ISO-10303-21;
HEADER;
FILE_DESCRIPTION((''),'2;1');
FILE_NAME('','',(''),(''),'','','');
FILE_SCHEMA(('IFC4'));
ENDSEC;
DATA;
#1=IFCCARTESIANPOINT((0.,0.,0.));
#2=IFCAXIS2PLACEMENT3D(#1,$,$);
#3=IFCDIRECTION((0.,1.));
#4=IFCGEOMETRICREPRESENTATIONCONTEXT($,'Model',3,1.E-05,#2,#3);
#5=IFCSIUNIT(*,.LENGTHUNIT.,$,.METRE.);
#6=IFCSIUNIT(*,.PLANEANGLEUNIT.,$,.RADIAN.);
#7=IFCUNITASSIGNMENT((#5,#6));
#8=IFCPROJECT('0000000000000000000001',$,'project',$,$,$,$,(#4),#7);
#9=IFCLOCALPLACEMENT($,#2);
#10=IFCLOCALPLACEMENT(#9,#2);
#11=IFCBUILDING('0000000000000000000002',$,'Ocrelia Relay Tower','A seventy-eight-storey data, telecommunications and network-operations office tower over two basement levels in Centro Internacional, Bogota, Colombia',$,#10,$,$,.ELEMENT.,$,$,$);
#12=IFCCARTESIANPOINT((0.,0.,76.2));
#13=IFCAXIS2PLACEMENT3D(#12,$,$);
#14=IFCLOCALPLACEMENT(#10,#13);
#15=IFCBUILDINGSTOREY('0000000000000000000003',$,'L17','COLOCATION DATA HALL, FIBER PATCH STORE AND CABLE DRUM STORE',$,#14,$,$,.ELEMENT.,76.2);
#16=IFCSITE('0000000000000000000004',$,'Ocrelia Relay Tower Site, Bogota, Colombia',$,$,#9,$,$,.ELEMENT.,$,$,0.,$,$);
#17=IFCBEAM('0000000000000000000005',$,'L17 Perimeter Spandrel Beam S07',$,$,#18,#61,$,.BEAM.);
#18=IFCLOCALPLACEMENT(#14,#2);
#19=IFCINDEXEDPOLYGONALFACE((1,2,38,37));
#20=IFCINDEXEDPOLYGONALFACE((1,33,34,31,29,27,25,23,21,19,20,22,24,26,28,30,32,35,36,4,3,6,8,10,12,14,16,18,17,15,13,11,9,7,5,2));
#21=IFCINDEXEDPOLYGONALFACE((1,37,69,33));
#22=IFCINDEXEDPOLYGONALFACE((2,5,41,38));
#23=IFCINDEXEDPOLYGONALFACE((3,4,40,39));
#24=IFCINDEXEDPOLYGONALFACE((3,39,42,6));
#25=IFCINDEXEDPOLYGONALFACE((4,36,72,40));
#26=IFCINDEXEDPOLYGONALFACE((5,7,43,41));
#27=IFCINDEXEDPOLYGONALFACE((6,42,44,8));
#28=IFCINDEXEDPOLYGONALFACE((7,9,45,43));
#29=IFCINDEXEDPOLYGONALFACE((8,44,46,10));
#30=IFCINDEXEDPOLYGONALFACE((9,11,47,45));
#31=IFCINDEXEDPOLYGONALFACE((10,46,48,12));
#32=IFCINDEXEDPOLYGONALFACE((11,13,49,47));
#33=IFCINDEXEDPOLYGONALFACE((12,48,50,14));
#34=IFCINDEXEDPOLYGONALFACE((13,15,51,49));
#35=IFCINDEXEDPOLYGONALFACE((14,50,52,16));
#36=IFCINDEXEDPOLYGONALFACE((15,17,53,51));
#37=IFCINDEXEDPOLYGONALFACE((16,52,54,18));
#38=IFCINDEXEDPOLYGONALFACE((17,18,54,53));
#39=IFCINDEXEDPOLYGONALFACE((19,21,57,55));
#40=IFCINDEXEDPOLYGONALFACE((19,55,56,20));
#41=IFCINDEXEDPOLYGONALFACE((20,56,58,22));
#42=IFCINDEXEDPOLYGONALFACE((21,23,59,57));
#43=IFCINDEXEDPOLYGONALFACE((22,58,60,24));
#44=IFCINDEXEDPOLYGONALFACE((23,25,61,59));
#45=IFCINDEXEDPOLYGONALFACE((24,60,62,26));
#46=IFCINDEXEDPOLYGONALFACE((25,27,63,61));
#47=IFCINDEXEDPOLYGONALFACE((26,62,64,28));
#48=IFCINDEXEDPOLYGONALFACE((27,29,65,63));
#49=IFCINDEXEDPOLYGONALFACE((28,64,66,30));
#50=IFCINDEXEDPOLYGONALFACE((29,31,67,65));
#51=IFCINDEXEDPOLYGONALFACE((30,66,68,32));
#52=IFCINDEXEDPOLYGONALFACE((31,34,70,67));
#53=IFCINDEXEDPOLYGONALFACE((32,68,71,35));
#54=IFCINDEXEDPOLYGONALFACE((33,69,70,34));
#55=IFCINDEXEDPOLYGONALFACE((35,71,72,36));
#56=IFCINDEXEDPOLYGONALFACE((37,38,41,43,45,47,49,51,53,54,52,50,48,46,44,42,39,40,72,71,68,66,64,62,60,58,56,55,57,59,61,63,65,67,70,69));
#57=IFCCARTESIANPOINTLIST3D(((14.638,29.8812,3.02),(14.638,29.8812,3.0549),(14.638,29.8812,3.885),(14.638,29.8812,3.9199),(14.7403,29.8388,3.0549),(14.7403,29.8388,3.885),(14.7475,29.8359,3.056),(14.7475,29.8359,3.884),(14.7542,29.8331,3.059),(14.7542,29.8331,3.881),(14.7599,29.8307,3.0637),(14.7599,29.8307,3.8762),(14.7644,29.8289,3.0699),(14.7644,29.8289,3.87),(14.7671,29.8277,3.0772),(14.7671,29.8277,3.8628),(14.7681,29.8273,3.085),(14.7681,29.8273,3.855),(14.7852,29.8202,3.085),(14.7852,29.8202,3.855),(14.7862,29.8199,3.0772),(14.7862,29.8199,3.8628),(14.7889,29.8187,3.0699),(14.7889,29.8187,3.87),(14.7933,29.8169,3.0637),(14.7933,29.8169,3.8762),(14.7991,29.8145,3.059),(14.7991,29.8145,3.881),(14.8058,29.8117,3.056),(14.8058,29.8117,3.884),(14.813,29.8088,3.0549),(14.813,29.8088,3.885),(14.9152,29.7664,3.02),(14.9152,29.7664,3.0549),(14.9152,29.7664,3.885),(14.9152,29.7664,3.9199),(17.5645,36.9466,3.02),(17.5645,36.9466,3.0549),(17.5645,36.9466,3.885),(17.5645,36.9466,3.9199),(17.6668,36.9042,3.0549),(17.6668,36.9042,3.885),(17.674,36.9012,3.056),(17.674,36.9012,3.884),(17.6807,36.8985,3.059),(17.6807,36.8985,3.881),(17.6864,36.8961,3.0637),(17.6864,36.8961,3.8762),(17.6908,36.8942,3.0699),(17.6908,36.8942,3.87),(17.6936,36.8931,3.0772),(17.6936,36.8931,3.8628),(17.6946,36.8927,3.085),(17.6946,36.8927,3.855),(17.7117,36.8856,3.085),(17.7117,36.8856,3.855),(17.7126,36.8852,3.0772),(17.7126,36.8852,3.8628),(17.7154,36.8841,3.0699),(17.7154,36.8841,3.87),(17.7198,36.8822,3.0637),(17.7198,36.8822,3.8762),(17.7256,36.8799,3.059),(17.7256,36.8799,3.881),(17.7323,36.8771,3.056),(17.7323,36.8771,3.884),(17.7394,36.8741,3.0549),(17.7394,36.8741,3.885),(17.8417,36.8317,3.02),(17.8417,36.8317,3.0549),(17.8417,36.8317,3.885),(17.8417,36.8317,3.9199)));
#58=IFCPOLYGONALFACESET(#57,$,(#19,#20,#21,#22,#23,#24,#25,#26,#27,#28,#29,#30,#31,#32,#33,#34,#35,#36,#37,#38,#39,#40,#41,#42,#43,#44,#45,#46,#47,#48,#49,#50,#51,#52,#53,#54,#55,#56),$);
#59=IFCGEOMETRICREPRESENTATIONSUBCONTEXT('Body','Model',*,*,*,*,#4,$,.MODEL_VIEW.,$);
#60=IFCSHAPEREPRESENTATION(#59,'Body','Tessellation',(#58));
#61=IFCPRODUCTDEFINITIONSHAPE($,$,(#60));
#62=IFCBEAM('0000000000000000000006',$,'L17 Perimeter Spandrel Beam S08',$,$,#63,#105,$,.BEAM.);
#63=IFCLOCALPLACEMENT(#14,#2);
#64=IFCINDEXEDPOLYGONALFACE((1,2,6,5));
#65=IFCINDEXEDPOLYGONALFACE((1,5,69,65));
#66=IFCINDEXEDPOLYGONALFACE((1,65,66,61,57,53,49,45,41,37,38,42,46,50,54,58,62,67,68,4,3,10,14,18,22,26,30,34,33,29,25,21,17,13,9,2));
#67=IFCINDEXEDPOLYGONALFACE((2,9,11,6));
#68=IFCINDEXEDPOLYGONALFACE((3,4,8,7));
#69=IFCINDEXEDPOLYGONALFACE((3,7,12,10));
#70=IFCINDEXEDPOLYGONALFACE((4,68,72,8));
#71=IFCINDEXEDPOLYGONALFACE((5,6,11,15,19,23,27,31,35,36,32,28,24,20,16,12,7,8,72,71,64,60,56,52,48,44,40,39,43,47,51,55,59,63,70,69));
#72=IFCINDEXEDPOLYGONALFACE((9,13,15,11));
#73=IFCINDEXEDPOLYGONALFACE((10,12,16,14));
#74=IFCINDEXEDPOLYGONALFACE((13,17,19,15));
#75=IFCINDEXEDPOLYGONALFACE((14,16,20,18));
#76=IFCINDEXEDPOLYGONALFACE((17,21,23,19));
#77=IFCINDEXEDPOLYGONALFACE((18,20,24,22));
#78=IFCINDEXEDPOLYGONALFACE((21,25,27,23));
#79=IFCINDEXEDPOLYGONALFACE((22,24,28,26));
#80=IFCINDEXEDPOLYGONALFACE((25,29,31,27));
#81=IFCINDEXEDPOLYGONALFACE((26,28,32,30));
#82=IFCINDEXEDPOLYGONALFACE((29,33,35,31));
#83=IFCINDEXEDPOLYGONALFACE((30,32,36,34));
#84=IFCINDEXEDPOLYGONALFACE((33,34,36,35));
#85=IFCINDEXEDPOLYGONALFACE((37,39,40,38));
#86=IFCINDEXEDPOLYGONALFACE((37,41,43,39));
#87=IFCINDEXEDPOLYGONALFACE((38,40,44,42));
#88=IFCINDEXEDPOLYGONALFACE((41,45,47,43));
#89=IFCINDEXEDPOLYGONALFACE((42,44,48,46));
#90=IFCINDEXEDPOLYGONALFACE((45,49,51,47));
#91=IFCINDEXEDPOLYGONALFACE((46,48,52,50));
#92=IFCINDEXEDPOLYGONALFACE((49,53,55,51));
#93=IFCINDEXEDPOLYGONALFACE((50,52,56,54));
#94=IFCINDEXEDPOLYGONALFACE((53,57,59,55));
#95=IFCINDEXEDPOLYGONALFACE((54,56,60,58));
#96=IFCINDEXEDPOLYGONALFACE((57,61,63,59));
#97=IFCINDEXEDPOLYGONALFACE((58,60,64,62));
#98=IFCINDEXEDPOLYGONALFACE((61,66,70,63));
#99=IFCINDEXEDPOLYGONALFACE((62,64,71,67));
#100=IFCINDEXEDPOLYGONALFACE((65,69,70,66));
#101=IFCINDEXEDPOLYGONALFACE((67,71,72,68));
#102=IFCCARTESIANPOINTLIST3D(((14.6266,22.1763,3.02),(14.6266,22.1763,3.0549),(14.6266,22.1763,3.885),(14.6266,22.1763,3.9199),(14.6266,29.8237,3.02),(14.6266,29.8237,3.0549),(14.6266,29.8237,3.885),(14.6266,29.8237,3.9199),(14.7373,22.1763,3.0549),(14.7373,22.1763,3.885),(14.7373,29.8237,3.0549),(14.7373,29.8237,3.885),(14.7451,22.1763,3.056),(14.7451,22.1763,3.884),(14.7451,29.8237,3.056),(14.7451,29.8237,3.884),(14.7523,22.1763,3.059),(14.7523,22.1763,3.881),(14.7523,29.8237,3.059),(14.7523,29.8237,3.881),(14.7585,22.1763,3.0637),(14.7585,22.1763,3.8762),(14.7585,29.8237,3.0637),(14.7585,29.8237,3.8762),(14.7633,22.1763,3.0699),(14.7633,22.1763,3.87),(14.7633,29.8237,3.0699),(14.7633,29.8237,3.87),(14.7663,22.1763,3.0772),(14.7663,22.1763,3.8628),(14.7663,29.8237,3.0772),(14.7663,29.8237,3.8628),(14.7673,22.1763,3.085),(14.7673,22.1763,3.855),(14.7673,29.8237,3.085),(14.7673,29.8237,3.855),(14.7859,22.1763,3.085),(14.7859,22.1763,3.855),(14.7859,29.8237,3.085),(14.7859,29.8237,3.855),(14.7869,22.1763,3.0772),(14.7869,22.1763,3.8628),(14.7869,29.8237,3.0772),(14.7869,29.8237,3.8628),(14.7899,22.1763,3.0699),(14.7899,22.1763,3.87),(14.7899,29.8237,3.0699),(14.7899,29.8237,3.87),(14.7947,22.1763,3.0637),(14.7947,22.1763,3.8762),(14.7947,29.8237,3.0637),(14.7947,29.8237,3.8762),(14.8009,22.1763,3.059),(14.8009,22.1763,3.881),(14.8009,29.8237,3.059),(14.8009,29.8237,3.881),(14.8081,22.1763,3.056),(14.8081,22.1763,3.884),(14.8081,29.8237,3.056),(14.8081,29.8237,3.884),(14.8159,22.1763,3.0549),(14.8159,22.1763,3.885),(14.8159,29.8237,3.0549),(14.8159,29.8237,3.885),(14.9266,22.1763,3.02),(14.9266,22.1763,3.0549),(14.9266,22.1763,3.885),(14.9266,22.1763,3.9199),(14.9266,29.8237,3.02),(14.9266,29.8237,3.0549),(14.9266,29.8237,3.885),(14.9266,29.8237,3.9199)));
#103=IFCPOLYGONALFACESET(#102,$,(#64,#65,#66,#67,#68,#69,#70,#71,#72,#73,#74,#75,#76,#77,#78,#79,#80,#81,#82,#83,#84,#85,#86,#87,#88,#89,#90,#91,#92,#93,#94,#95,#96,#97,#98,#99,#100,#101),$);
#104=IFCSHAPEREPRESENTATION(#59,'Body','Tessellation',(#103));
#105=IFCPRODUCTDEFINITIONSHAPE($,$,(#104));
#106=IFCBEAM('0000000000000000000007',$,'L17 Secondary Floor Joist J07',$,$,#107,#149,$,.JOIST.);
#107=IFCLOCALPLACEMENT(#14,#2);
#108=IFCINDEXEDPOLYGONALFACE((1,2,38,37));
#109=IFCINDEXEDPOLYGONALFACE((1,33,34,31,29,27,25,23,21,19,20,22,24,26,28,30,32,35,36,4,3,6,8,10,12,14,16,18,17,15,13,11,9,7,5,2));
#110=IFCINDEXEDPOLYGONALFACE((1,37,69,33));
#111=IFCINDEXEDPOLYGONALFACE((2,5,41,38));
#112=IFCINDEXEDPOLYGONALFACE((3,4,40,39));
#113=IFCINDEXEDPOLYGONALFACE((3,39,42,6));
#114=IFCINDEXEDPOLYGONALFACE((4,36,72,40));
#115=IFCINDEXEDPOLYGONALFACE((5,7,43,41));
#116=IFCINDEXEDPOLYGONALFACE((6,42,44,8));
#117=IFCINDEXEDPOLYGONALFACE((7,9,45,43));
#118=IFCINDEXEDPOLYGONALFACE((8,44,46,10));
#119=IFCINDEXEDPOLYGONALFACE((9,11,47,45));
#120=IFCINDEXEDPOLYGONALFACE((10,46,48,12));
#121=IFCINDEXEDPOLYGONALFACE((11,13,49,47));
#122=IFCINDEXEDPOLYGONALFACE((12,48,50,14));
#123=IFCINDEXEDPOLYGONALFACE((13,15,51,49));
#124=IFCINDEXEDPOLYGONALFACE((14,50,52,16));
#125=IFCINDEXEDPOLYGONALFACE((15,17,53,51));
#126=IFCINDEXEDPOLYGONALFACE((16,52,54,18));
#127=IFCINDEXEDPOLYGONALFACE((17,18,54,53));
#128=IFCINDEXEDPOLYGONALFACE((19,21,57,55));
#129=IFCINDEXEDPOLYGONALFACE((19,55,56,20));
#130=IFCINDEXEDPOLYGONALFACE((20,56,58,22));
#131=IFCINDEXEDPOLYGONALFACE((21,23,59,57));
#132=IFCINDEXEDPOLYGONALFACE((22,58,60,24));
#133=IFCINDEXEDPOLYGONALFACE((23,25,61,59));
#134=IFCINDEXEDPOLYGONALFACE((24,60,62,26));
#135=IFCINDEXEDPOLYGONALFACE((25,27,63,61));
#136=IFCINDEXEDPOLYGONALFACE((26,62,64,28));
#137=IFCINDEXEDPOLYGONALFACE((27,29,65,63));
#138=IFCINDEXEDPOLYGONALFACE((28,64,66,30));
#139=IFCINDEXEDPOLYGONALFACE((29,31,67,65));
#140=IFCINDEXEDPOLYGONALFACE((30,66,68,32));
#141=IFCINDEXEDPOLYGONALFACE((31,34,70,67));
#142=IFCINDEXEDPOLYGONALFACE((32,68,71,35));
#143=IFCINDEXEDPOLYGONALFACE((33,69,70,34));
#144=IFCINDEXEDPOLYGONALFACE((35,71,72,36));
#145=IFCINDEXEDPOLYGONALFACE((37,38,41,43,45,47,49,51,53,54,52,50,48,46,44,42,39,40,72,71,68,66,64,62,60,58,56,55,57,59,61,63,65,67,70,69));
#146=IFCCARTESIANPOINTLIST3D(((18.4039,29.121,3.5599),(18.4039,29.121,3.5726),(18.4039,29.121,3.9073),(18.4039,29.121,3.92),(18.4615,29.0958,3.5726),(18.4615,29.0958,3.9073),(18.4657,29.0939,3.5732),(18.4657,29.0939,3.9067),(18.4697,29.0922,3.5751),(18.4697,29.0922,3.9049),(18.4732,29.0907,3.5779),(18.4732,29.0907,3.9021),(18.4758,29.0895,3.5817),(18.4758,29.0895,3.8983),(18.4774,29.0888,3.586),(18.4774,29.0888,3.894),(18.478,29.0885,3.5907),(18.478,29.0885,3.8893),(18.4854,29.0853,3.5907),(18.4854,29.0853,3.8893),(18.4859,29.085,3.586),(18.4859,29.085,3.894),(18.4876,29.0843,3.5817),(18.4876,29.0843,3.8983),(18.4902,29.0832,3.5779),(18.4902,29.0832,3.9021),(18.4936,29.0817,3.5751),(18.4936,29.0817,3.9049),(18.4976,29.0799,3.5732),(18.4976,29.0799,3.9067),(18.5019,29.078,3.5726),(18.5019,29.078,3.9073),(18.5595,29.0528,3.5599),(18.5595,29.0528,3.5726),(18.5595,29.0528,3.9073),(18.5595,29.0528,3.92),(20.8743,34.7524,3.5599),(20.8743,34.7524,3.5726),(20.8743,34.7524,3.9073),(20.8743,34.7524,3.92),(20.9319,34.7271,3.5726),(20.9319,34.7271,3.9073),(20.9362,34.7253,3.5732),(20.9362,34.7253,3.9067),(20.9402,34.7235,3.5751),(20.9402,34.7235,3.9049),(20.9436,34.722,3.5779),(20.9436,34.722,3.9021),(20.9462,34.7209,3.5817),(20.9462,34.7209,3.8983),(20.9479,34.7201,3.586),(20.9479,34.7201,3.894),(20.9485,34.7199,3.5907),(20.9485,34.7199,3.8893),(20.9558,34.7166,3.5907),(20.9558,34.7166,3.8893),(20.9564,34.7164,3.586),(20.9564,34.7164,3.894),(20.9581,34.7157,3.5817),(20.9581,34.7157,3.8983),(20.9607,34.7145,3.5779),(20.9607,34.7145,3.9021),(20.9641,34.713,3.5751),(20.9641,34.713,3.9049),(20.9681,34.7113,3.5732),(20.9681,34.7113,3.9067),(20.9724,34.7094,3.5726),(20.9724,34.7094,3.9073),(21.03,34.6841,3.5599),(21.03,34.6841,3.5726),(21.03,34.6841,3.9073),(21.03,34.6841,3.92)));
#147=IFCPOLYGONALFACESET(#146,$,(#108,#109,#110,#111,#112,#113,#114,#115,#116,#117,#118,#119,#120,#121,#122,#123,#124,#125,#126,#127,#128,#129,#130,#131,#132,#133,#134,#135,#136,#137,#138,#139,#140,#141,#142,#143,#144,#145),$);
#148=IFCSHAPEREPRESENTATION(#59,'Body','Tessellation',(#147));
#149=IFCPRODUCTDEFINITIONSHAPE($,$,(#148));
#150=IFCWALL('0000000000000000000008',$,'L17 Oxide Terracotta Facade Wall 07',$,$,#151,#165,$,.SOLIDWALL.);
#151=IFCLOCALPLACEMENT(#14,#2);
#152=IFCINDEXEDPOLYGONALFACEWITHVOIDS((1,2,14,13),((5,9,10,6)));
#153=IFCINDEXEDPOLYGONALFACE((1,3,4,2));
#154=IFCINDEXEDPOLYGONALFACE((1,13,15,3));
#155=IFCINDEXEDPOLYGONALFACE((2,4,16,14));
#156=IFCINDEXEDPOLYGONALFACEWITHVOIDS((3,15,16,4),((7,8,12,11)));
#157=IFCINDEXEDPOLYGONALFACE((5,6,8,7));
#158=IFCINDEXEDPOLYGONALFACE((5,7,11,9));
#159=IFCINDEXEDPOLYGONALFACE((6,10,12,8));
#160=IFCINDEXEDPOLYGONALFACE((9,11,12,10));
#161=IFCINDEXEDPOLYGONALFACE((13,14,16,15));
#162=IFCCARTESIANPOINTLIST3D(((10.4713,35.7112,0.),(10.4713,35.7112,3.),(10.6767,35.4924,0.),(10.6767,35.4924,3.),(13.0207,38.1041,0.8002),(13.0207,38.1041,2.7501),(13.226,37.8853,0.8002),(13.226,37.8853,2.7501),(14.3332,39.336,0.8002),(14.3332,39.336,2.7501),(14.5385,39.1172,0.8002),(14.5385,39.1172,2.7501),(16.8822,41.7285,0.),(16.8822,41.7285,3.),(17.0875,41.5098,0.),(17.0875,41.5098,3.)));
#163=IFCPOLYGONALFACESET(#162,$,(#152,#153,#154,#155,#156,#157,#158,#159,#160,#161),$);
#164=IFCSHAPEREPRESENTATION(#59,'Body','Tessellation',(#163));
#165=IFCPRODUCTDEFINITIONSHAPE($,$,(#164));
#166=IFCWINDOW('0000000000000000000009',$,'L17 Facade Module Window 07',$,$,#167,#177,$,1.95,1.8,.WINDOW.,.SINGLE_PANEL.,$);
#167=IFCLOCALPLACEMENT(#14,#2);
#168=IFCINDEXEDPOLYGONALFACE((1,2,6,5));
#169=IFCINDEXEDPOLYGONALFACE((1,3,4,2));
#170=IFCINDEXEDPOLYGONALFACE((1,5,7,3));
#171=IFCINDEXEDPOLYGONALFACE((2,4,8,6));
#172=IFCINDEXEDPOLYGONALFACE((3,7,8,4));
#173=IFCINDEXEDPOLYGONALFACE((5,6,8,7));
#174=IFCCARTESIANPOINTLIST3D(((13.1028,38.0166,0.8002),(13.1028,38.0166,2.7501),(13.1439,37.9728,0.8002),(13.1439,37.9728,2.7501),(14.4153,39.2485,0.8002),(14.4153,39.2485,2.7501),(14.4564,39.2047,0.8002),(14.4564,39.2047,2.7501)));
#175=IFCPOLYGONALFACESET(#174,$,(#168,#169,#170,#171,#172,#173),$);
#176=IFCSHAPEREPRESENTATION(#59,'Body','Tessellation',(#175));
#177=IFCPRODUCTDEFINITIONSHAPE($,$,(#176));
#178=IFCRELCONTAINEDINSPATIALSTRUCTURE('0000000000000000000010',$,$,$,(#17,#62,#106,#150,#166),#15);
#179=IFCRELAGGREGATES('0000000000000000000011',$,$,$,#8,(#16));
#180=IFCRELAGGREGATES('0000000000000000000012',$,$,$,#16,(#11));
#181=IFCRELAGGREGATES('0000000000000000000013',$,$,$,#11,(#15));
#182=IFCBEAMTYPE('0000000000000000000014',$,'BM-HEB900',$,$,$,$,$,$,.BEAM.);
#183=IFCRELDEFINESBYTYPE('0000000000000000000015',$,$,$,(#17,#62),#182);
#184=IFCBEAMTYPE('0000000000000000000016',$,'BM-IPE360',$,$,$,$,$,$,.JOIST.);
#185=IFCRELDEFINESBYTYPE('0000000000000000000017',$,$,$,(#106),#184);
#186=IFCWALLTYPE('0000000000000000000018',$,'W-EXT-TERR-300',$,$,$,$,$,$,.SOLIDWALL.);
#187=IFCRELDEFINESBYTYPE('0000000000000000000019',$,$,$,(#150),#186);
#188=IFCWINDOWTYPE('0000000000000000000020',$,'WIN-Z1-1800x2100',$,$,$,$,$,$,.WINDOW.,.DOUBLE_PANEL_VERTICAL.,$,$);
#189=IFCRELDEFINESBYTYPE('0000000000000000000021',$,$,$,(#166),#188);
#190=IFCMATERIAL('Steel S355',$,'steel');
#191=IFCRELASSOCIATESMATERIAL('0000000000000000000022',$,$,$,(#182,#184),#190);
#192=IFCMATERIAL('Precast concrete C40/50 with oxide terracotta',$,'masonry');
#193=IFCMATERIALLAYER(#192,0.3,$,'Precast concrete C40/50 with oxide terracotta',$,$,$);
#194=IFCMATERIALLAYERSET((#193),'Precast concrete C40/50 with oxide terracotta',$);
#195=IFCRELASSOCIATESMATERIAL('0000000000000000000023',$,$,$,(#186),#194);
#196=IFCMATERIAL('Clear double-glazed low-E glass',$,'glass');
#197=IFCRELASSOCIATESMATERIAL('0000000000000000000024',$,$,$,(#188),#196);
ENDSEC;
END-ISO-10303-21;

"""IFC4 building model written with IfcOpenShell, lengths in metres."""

from ifc_helpers import new_model, si_unit, direction, frame, frame_2d, origin, origin_2d, place, context, subcontext, project, spatial, rectangle, i_section, extrude, material, layer, layer_set, material_profile, profile_set, type_object, element, fill, save


model = new_model("IFC4")

# Units and contexts
model_context = context("Model", 3, precision=1e-05, world=origin(), true_north=direction((0.0, 1.0)))
body_context = subcontext(model_context, "Body", "Model", "MODEL_VIEW")
ifc_project = project(units=[si_unit("LENGTHUNIT", "METRE"), si_unit("PLANEANGLEUNIT", "RADIAN")], contexts=[model_context])

# Site, building, storey
site_placement = place(None, origin())
site = spatial("IfcSite", under=ifc_project, at=site_placement, Name="Ocrelia Relay Tower Site, Bogota, Colombia", CompositionType="ELEMENT", RefElevation=0.0)
building_placement = place(site_placement, origin())
building = spatial("IfcBuilding", under=site, at=building_placement, Name="Ocrelia Relay Tower", Description="A seventy-eight-storey data, telecommunications and network-operations office tower over two basement levels in Centro Internacional, Bogota, Colombia", CompositionType="ELEMENT")
storey_placement = place(building_placement, frame((0.0, 0.0, 76.2)))
storey = spatial("IfcBuildingStorey", under=building, at=storey_placement, Name="L17", Description="COLOCATION DATA HALL, FIBER PATCH STORE AND CABLE DRUM STORE", CompositionType="ELEMENT", Elevation=76.2)

# Beams
ifc_material_1 = material(Name="Steel S355", Category="steel")
ifc_material_profile_1 = material_profile(ifc_material_1, i_section(OverallWidth=0.3, OverallDepth=0.8999, WebThickness=0.0186, FlangeThickness=0.0349, FilletRadius=0.03, at=origin_2d()), Name="HEB 900")
ifc_profile_set_1 = profile_set([ifc_material_profile_1], Name="Steel S355")
beam_type_1 = type_object("IfcBeamType", Name="BM-HEB900", PredefinedType="BEAM", material=ifc_profile_set_1)
for number, where, z_axis, x_axis, name in (
    (1, (17.7031, 36.8892, 3.47), (-0.382674, -0.923883, 0.0), (0.923883, -0.382674, 0.0), "L17 Perimeter Spandrel Beam S07"),
    (2, (14.7766, 29.8237, 3.47), (0.0, -1.0, 0.0), (1.0, 0.0, 0.0), "L17 Perimeter Spandrel Beam S08"),
):
    element("IfcBeam", number, at=place(storey_placement, frame(where, z_axis=z_axis, x_axis=x_axis)), inside=storey, type_object=beam_type_1, Name=name, PredefinedType="BEAM", context=body_context, shape_type="SweptSolid", body=[
        extrude(i_section(OverallWidth=0.3, OverallDepth=0.8999, WebThickness=0.0186, FlangeThickness=0.0349, FilletRadius=0.03, at=origin_2d()), origin(), (0.0, 0.0, 1.0), 7.6475),
    ])
ifc_material_profile_2 = material_profile(ifc_material_1, i_section(OverallWidth=0.1699, OverallDepth=0.3601, WebThickness=0.0081, FlangeThickness=0.0127, FilletRadius=0.0181, at=origin_2d()), Name="IPE 360")
ifc_profile_set_2 = profile_set([ifc_material_profile_2], Name="Steel S355")
beam_type_2 = type_object("IfcBeamType", Name="BM-IPE360", PredefinedType="JOIST", material=ifc_profile_set_2)
beam_1_placement = place(storey_placement, frame((20.9521, 34.7183, 3.74), z_axis=(-0.401739, -0.915754, 0.0), x_axis=(0.915754, -0.401739, 0.0)))
element("IfcBeam", 3, at=beam_1_placement, inside=storey, type_object=beam_type_2, Name="L17 Secondary Floor Joist J07", PredefinedType="JOIST", context=body_context, shape_type="SweptSolid", body=[
    extrude(i_section(OverallWidth=0.1699, OverallDepth=0.3601, WebThickness=0.0081, FlangeThickness=0.0127, FilletRadius=0.0181, at=origin_2d()), origin(), (0.0, 0.0, 1.0), 6.1494),
])

# Wall, opening, window
ifc_material_2 = material(Name="Precast concrete C40/50 with oxide terracotta", Category="masonry")
ifc_layer_1 = layer(ifc_material_2, 0.3, Name="Precast concrete C40/50 with oxide terracotta")
ifc_layer_set_1 = layer_set([ifc_layer_1], Name="Precast concrete C40/50 with oxide terracotta")
wall_type_1 = type_object("IfcWallType", Name="W-EXT-TERR-300", PredefinedType="SOLIDWALL", material=ifc_layer_set_1)
wall_1_placement = place(storey_placement, frame((16.9849, 41.6191, 0.0), z_axis=(0.0, 0.0, 1.0), x_axis=(-0.729133, -0.684372, 0.0)))
wall_1 = element("IfcWall", 4, at=wall_1_placement, inside=storey, type_object=wall_type_1, Name="L17 Oxide Terracotta Facade Wall 07", PredefinedType="SOLIDWALL", context=body_context, shape_type="SweptSolid", body=[
    extrude(rectangle(XDim=8.7925, YDim=0.3, at=frame_2d((4.3962, 0.0))), origin(), (0.0, 0.0, 1.0), 3.0),
])
opening_1_placement = place(wall_1_placement, frame((3.4961, 0.0, 0.8)))
opening_1 = element("IfcOpeningElement", 5, at=opening_1_placement, cuts=wall_1, PredefinedType="OPENING", context=body_context, shape_type="SweptSolid", body=[
    extrude(rectangle(XDim=1.8, YDim=1.95, at=frame_2d((0.8999, 0.9751))), frame((0.0, 0.1602, 0.0), z_axis=(0.0, -1.0, 0.0), x_axis=(1.0, 0.0, 0.0)), (0.0, 0.0, 1.0), 0.3201),
])
ifc_material_3 = material(Name="Clear double-glazed low-E glass", Category="glass")
window_type = type_object("IfcWindowType", Name="WIN-Z1-1800x2100", PartitioningType="DOUBLE_PANEL_VERTICAL", PredefinedType="WINDOW", material=ifc_material_3)
window_1_placement = place(opening_1_placement, origin())
window_1 = element("IfcWindow", 6, at=window_1_placement, inside=storey, type_object=window_type, Name="L17 Facade Module Window 07", OverallHeight=1.95, OverallWidth=1.8, PartitioningType="SINGLE_PANEL", PredefinedType="WINDOW", context=body_context, shape_type="SweptSolid", body=[
    extrude(rectangle(XDim=1.8, YDim=1.95, at=frame_2d((0.8999, 0.9751))), frame((0.0, 0.03, 0.0), z_axis=(0.0, -1.0, 0.0), x_axis=(1.0, 0.0, 0.0)), (0.0, 0.0, 1.0), 0.0601),
])
fill(opening_1, window_1)

save(model, "model.ifc")
